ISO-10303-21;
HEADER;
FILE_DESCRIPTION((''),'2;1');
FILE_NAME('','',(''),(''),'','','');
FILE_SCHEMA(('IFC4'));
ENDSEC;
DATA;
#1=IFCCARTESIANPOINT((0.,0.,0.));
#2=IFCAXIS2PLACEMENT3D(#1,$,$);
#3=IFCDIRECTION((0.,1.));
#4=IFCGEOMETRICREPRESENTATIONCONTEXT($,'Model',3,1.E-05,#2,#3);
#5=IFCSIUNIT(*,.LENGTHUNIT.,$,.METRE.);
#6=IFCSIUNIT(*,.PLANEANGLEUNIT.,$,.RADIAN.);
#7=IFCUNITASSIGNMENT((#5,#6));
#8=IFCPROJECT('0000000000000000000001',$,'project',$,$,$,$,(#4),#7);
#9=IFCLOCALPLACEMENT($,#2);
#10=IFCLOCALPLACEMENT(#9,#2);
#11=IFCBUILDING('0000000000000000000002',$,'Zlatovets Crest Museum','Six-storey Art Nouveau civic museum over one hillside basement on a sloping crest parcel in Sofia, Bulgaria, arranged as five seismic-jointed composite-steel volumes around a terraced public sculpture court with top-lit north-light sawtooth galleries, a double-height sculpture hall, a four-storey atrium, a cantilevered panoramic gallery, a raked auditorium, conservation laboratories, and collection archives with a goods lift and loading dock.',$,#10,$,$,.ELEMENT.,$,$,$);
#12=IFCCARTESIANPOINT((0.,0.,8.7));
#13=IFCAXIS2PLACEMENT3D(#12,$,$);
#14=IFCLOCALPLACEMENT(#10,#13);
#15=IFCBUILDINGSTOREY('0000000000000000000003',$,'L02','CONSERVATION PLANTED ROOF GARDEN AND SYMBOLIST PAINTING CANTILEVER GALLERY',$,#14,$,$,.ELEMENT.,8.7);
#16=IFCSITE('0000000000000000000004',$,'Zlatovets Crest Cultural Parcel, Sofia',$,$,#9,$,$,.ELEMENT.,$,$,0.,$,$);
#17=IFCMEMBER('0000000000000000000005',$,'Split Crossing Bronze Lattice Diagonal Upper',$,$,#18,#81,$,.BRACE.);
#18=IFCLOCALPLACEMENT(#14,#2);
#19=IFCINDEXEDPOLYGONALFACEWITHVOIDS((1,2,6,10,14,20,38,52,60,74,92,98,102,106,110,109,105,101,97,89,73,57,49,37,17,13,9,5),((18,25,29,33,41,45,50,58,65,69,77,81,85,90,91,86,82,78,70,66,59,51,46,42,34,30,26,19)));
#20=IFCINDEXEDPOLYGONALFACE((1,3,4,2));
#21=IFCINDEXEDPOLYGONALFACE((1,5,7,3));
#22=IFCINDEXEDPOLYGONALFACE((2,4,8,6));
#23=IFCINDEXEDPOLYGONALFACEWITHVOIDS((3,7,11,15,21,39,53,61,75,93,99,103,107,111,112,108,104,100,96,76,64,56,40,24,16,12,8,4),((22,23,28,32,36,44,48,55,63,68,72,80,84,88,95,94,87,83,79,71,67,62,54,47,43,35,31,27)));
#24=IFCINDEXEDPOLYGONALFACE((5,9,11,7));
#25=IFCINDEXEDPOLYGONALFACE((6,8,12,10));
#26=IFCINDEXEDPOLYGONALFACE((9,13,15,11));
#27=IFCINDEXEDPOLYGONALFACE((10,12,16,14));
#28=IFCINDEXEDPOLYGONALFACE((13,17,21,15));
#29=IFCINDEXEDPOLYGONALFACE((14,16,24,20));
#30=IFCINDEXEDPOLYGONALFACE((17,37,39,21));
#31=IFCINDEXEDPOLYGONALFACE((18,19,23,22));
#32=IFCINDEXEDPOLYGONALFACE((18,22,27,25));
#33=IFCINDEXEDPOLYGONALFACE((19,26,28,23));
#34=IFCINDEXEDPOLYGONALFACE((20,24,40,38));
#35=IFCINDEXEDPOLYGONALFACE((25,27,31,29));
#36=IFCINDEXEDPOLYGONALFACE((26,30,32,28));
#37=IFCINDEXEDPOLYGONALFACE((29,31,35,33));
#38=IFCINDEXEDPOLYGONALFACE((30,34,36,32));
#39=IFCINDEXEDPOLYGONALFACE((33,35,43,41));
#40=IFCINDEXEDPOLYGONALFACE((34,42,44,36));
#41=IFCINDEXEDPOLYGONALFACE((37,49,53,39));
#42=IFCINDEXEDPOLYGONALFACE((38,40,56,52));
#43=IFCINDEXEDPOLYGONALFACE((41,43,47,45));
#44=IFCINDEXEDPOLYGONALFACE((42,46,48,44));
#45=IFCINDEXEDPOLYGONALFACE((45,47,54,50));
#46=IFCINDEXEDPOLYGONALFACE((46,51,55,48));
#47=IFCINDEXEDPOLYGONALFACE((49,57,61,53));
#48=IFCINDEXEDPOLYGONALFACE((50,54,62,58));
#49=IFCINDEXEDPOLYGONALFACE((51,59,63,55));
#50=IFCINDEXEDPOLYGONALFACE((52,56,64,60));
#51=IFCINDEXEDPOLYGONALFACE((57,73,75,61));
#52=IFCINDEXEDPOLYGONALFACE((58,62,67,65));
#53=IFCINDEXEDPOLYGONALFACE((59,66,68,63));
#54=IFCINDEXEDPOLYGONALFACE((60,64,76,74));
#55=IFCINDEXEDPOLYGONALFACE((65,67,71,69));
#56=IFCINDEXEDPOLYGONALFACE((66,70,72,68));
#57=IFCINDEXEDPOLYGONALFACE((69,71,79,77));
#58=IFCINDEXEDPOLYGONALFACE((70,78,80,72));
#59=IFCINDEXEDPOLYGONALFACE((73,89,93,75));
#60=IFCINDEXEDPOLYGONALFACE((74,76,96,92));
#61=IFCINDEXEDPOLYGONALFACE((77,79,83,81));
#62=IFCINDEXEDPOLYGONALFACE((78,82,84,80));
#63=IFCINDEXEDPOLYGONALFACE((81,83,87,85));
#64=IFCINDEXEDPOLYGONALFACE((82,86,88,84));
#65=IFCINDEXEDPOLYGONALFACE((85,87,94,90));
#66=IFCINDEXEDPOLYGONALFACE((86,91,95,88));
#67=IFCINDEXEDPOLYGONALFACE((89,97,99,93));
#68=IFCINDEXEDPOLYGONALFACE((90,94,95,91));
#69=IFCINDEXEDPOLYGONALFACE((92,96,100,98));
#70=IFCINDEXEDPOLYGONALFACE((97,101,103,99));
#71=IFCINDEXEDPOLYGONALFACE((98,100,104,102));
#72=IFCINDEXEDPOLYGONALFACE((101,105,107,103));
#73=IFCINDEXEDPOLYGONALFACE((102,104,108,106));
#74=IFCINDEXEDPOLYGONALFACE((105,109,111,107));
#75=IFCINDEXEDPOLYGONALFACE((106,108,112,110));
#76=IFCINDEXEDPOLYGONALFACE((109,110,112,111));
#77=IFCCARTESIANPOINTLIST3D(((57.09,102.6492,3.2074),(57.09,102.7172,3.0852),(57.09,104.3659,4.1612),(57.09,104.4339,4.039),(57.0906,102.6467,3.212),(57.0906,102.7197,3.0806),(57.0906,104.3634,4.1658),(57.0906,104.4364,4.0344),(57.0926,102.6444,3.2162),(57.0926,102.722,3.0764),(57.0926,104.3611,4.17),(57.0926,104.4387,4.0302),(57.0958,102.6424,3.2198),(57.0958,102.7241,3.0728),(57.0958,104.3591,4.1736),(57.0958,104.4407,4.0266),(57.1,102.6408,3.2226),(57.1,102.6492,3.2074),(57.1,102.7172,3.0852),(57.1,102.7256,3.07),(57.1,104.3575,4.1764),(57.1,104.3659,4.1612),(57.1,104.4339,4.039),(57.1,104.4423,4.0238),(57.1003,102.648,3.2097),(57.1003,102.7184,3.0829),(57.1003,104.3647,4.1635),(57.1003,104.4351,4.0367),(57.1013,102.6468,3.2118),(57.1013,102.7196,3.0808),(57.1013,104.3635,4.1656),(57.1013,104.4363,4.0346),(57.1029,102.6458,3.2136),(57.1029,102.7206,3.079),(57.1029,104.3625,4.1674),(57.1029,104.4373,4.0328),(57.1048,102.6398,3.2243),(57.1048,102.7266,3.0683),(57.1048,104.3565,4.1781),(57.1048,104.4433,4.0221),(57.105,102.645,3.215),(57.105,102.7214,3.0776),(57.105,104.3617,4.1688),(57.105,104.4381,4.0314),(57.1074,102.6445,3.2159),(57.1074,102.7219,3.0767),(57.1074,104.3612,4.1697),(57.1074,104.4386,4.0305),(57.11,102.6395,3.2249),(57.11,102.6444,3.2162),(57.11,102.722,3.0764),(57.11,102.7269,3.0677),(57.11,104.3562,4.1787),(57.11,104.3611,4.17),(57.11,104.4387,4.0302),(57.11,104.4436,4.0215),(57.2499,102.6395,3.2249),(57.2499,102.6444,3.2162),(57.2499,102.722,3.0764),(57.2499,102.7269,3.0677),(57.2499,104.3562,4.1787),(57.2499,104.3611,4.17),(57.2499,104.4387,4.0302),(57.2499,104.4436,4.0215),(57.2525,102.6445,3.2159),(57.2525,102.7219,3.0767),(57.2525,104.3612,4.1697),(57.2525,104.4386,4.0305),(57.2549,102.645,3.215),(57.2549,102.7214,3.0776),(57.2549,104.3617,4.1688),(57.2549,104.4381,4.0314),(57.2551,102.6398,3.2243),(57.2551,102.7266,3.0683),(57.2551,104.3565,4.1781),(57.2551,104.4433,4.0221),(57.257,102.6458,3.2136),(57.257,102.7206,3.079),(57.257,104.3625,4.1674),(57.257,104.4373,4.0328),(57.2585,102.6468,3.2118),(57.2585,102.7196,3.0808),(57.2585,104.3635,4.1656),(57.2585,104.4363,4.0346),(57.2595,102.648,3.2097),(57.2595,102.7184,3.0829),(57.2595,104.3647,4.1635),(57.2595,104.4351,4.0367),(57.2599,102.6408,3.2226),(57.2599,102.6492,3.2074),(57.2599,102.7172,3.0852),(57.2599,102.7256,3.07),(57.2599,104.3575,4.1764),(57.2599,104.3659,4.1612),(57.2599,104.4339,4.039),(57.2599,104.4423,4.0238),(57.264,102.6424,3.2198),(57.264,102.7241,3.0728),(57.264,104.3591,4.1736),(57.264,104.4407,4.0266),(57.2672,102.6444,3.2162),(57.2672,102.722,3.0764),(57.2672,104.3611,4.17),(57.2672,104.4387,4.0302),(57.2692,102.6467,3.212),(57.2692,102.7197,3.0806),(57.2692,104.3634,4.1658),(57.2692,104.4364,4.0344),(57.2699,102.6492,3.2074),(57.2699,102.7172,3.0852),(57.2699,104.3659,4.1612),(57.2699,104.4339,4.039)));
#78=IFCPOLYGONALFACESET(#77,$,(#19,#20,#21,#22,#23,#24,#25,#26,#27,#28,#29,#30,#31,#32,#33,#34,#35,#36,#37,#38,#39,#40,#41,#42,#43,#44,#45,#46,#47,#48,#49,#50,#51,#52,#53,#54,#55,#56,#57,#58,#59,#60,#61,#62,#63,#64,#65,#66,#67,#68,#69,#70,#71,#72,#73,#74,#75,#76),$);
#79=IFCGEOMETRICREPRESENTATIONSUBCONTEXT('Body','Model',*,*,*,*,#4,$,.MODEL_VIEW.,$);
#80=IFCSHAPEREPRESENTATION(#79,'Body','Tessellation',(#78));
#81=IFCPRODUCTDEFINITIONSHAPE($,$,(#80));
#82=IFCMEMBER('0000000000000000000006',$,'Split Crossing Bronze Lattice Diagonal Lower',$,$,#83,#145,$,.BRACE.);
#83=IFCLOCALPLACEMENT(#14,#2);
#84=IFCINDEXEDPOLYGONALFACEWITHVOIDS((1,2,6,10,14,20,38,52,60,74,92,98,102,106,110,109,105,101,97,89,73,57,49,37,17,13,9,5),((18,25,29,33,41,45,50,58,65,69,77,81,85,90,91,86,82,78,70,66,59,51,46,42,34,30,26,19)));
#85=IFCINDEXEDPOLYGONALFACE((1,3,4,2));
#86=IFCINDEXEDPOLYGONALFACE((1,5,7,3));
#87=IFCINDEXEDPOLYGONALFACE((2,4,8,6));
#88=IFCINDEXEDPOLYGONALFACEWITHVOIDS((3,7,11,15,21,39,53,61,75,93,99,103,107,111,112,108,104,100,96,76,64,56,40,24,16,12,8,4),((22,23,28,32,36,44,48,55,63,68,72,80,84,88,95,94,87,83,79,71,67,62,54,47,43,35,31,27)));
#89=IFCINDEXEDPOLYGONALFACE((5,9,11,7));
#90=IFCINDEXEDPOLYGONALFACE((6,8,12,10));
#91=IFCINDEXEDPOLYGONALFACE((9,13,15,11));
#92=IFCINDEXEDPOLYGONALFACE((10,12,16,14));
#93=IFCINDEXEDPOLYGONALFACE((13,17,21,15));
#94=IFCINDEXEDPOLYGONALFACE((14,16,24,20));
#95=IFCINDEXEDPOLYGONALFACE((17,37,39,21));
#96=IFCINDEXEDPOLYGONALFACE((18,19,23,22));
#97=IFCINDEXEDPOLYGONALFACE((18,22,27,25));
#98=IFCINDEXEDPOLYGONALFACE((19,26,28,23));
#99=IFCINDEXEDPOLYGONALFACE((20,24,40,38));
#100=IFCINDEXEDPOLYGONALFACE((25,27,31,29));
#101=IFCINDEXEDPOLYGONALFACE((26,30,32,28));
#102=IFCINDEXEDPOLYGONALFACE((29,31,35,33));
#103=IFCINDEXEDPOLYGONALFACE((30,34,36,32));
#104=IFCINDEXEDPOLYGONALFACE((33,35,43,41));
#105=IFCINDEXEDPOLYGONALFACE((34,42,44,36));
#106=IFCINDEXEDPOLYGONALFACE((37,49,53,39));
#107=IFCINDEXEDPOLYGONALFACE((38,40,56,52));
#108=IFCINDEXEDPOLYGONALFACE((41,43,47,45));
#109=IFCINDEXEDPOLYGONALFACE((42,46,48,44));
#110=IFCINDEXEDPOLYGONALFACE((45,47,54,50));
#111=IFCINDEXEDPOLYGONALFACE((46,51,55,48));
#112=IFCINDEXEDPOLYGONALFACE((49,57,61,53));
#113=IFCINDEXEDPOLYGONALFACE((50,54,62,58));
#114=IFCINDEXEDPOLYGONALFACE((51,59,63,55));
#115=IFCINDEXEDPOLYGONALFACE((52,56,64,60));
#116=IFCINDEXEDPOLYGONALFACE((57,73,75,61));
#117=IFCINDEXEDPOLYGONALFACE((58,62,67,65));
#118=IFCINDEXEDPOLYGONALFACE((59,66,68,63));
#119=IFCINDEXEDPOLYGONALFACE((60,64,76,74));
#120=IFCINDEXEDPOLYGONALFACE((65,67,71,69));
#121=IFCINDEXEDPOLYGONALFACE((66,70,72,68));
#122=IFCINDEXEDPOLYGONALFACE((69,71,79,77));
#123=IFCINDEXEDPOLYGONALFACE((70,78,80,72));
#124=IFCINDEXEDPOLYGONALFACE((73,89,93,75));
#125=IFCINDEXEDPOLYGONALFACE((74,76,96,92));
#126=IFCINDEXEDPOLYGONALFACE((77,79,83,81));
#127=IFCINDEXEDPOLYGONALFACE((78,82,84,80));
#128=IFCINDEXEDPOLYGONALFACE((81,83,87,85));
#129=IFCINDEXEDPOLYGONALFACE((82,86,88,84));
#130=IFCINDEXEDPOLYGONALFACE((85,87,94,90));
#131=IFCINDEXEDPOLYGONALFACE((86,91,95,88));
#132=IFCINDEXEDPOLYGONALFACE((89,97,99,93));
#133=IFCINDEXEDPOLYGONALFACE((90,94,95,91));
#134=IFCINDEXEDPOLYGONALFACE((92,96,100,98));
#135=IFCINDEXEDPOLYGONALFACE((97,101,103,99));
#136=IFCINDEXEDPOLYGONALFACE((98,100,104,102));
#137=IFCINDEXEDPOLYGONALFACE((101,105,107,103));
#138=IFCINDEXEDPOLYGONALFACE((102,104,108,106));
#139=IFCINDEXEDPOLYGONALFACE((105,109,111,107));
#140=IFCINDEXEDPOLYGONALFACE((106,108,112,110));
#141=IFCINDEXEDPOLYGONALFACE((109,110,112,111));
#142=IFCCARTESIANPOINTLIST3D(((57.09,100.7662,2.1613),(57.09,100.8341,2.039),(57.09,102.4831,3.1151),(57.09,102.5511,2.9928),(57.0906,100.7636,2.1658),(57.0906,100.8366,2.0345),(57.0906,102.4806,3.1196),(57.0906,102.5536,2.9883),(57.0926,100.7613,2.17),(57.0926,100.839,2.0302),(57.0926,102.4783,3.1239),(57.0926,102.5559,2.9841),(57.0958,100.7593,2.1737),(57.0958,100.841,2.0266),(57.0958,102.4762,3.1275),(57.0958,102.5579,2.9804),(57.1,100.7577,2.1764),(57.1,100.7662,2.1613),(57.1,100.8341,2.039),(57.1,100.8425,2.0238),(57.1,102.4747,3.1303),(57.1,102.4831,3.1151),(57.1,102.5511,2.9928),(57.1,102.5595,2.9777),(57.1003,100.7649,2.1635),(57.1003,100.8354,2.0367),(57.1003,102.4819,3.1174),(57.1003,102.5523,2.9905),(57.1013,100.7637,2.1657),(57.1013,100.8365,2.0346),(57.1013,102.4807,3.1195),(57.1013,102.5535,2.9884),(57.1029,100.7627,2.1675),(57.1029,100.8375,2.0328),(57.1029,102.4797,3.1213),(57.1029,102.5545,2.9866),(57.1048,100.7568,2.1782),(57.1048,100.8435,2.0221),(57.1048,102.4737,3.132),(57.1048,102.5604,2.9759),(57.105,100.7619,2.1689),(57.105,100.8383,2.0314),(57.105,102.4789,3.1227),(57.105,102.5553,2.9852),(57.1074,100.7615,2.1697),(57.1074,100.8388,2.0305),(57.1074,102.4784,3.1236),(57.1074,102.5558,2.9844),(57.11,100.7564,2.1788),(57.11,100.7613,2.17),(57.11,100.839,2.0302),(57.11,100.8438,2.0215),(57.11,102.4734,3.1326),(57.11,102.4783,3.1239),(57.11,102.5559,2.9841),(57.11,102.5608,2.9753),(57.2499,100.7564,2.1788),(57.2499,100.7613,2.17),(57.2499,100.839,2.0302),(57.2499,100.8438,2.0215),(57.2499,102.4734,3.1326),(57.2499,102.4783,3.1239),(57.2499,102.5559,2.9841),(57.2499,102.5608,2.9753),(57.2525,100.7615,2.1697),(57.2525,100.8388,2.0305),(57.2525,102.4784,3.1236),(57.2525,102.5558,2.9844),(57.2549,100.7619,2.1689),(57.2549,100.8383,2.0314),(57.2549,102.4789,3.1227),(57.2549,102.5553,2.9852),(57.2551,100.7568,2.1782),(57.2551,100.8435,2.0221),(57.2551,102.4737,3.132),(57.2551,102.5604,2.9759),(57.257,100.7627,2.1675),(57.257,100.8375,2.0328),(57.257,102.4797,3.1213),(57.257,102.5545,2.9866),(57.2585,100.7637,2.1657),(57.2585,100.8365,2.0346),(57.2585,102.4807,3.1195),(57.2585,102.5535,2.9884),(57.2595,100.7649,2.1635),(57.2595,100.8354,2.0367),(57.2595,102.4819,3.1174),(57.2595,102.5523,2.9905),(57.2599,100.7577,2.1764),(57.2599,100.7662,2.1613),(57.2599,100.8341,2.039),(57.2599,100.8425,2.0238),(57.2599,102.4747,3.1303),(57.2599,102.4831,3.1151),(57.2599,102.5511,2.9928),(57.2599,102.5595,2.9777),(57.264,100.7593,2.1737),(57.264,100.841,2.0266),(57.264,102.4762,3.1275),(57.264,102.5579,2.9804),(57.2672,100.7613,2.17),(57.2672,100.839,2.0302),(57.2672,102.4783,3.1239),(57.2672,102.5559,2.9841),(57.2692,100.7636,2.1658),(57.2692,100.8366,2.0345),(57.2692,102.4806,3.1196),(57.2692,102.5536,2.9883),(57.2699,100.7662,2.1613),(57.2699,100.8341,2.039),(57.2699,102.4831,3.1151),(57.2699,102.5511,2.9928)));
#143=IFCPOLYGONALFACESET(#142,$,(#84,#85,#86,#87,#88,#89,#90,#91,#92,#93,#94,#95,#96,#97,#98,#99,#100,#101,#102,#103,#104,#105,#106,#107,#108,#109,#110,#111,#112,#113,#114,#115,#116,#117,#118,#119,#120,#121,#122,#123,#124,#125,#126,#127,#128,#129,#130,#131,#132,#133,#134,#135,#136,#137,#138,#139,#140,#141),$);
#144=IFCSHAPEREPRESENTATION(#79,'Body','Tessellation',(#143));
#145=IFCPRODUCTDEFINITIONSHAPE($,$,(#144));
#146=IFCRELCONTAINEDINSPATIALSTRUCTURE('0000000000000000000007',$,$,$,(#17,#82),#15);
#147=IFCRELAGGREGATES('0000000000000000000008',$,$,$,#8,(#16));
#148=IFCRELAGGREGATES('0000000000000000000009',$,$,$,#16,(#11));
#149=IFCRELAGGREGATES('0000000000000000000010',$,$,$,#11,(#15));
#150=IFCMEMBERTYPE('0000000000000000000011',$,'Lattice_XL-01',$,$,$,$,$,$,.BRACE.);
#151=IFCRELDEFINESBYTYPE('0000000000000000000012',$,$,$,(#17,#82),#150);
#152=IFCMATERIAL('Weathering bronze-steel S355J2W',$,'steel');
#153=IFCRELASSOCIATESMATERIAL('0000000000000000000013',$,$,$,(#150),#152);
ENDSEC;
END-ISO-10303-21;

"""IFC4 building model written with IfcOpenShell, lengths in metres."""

from ifc_helpers import new_model, si_unit, direction, frame, origin, origin_2d, place, context, subcontext, project, spatial, hollow_rectangle, extrude, material, material_profile, profile_set, type_object, element, save


model = new_model("IFC4")

# Units and contexts
model_context = context("Model", 3, precision=1e-05, world=origin(), true_north=direction((0.0, 1.0)))
body_context = subcontext(model_context, "Body", "Model", "MODEL_VIEW")
ifc_project = project(units=[si_unit("LENGTHUNIT", "METRE"), si_unit("PLANEANGLEUNIT", "RADIAN")], contexts=[model_context])

# Site, building, storey
site_placement = place(None, origin())
site = spatial("IfcSite", under=ifc_project, at=site_placement, Name="Zlatovets Crest Cultural Parcel, Sofia", CompositionType="ELEMENT", RefElevation=0.0)
building_placement = place(site_placement, origin())
building = spatial("IfcBuilding", under=site, at=building_placement, Name="Zlatovets Crest Museum", Description="Six-storey Art Nouveau civic museum over one hillside basement on a sloping crest parcel in Sofia, Bulgaria, arranged as five seismic-jointed composite-steel volumes around a terraced public sculpture court with top-lit north-light sawtooth galleries, a double-height sculpture hall, a four-storey atrium, a cantilevered panoramic gallery, a raked auditorium, conservation laboratories, and collection archives with a goods lift and loading dock.", CompositionType="ELEMENT")
storey_placement = place(building_placement, frame((0.0, 0.0, 8.7)))
storey = spatial("IfcBuildingStorey", under=building, at=storey_placement, Name="L02", Description="CONSERVATION PLANTED ROOF GARDEN AND SYMBOLIST PAINTING CANTILEVER GALLERY", CompositionType="ELEMENT", Elevation=8.7)

# Members
ifc_material_1 = material(Name="Weathering bronze-steel S355J2W", Category="steel")
ifc_material_profile_1 = material_profile(ifc_material_1, hollow_rectangle(XDim=0.1799, YDim=0.1799, WallThickness=0.01, InnerFilletRadius=0.01, OuterFilletRadius=0.02, at=origin_2d()), Name="SHS 180x180x10.0")
ifc_profile_set_1 = profile_set([ifc_material_profile_1], Name="Weathering bronze-steel S355J2W")
member_type_1 = type_object("IfcMemberType", Name="Lattice_XL-01", PredefinedType="BRACE", material=ifc_profile_set_1)
member_1_placement = place(storey_placement, frame((57.1799, 104.3999, 4.1001), z_axis=(0.0, -0.87414, -0.485675), x_axis=(1.0, 0.0, 0.0)))
element("IfcMember", 1, at=member_1_placement, inside=storey, type_object=member_type_1, Name="Split Crossing Bronze Lattice Diagonal Upper", PredefinedType="BRACE", context=body_context, shape_type="SweptSolid", body=[
    extrude(hollow_rectangle(XDim=0.1799, YDim=0.1799, WallThickness=0.01, InnerFilletRadius=0.01, OuterFilletRadius=0.02, at=origin_2d()), origin(), (0.0, 0.0, 1.0), 1.9639),
])
for number, where, z_axis, x_axis, name in (
    (2, (57.1799, 102.5171, 3.054), (0.0, -0.874169, -0.485622), (1.0, 0.0, 0.0), "Split Crossing Bronze Lattice Diagonal Lower"),
):
    element("IfcMember", number, at=place(storey_placement, frame(where, z_axis=z_axis, x_axis=x_axis)), inside=storey, type_object=member_type_1, Name=name, PredefinedType="BRACE", context=body_context, shape_type="SweptSolid", body=[
        extrude(hollow_rectangle(XDim=0.1799, YDim=0.1799, WallThickness=0.01, InnerFilletRadius=0.01, OuterFilletRadius=0.02, at=origin_2d()), origin(), (0.0, 0.0, 1.0), 1.9641),
    ])

save(model, "model.ifc")
